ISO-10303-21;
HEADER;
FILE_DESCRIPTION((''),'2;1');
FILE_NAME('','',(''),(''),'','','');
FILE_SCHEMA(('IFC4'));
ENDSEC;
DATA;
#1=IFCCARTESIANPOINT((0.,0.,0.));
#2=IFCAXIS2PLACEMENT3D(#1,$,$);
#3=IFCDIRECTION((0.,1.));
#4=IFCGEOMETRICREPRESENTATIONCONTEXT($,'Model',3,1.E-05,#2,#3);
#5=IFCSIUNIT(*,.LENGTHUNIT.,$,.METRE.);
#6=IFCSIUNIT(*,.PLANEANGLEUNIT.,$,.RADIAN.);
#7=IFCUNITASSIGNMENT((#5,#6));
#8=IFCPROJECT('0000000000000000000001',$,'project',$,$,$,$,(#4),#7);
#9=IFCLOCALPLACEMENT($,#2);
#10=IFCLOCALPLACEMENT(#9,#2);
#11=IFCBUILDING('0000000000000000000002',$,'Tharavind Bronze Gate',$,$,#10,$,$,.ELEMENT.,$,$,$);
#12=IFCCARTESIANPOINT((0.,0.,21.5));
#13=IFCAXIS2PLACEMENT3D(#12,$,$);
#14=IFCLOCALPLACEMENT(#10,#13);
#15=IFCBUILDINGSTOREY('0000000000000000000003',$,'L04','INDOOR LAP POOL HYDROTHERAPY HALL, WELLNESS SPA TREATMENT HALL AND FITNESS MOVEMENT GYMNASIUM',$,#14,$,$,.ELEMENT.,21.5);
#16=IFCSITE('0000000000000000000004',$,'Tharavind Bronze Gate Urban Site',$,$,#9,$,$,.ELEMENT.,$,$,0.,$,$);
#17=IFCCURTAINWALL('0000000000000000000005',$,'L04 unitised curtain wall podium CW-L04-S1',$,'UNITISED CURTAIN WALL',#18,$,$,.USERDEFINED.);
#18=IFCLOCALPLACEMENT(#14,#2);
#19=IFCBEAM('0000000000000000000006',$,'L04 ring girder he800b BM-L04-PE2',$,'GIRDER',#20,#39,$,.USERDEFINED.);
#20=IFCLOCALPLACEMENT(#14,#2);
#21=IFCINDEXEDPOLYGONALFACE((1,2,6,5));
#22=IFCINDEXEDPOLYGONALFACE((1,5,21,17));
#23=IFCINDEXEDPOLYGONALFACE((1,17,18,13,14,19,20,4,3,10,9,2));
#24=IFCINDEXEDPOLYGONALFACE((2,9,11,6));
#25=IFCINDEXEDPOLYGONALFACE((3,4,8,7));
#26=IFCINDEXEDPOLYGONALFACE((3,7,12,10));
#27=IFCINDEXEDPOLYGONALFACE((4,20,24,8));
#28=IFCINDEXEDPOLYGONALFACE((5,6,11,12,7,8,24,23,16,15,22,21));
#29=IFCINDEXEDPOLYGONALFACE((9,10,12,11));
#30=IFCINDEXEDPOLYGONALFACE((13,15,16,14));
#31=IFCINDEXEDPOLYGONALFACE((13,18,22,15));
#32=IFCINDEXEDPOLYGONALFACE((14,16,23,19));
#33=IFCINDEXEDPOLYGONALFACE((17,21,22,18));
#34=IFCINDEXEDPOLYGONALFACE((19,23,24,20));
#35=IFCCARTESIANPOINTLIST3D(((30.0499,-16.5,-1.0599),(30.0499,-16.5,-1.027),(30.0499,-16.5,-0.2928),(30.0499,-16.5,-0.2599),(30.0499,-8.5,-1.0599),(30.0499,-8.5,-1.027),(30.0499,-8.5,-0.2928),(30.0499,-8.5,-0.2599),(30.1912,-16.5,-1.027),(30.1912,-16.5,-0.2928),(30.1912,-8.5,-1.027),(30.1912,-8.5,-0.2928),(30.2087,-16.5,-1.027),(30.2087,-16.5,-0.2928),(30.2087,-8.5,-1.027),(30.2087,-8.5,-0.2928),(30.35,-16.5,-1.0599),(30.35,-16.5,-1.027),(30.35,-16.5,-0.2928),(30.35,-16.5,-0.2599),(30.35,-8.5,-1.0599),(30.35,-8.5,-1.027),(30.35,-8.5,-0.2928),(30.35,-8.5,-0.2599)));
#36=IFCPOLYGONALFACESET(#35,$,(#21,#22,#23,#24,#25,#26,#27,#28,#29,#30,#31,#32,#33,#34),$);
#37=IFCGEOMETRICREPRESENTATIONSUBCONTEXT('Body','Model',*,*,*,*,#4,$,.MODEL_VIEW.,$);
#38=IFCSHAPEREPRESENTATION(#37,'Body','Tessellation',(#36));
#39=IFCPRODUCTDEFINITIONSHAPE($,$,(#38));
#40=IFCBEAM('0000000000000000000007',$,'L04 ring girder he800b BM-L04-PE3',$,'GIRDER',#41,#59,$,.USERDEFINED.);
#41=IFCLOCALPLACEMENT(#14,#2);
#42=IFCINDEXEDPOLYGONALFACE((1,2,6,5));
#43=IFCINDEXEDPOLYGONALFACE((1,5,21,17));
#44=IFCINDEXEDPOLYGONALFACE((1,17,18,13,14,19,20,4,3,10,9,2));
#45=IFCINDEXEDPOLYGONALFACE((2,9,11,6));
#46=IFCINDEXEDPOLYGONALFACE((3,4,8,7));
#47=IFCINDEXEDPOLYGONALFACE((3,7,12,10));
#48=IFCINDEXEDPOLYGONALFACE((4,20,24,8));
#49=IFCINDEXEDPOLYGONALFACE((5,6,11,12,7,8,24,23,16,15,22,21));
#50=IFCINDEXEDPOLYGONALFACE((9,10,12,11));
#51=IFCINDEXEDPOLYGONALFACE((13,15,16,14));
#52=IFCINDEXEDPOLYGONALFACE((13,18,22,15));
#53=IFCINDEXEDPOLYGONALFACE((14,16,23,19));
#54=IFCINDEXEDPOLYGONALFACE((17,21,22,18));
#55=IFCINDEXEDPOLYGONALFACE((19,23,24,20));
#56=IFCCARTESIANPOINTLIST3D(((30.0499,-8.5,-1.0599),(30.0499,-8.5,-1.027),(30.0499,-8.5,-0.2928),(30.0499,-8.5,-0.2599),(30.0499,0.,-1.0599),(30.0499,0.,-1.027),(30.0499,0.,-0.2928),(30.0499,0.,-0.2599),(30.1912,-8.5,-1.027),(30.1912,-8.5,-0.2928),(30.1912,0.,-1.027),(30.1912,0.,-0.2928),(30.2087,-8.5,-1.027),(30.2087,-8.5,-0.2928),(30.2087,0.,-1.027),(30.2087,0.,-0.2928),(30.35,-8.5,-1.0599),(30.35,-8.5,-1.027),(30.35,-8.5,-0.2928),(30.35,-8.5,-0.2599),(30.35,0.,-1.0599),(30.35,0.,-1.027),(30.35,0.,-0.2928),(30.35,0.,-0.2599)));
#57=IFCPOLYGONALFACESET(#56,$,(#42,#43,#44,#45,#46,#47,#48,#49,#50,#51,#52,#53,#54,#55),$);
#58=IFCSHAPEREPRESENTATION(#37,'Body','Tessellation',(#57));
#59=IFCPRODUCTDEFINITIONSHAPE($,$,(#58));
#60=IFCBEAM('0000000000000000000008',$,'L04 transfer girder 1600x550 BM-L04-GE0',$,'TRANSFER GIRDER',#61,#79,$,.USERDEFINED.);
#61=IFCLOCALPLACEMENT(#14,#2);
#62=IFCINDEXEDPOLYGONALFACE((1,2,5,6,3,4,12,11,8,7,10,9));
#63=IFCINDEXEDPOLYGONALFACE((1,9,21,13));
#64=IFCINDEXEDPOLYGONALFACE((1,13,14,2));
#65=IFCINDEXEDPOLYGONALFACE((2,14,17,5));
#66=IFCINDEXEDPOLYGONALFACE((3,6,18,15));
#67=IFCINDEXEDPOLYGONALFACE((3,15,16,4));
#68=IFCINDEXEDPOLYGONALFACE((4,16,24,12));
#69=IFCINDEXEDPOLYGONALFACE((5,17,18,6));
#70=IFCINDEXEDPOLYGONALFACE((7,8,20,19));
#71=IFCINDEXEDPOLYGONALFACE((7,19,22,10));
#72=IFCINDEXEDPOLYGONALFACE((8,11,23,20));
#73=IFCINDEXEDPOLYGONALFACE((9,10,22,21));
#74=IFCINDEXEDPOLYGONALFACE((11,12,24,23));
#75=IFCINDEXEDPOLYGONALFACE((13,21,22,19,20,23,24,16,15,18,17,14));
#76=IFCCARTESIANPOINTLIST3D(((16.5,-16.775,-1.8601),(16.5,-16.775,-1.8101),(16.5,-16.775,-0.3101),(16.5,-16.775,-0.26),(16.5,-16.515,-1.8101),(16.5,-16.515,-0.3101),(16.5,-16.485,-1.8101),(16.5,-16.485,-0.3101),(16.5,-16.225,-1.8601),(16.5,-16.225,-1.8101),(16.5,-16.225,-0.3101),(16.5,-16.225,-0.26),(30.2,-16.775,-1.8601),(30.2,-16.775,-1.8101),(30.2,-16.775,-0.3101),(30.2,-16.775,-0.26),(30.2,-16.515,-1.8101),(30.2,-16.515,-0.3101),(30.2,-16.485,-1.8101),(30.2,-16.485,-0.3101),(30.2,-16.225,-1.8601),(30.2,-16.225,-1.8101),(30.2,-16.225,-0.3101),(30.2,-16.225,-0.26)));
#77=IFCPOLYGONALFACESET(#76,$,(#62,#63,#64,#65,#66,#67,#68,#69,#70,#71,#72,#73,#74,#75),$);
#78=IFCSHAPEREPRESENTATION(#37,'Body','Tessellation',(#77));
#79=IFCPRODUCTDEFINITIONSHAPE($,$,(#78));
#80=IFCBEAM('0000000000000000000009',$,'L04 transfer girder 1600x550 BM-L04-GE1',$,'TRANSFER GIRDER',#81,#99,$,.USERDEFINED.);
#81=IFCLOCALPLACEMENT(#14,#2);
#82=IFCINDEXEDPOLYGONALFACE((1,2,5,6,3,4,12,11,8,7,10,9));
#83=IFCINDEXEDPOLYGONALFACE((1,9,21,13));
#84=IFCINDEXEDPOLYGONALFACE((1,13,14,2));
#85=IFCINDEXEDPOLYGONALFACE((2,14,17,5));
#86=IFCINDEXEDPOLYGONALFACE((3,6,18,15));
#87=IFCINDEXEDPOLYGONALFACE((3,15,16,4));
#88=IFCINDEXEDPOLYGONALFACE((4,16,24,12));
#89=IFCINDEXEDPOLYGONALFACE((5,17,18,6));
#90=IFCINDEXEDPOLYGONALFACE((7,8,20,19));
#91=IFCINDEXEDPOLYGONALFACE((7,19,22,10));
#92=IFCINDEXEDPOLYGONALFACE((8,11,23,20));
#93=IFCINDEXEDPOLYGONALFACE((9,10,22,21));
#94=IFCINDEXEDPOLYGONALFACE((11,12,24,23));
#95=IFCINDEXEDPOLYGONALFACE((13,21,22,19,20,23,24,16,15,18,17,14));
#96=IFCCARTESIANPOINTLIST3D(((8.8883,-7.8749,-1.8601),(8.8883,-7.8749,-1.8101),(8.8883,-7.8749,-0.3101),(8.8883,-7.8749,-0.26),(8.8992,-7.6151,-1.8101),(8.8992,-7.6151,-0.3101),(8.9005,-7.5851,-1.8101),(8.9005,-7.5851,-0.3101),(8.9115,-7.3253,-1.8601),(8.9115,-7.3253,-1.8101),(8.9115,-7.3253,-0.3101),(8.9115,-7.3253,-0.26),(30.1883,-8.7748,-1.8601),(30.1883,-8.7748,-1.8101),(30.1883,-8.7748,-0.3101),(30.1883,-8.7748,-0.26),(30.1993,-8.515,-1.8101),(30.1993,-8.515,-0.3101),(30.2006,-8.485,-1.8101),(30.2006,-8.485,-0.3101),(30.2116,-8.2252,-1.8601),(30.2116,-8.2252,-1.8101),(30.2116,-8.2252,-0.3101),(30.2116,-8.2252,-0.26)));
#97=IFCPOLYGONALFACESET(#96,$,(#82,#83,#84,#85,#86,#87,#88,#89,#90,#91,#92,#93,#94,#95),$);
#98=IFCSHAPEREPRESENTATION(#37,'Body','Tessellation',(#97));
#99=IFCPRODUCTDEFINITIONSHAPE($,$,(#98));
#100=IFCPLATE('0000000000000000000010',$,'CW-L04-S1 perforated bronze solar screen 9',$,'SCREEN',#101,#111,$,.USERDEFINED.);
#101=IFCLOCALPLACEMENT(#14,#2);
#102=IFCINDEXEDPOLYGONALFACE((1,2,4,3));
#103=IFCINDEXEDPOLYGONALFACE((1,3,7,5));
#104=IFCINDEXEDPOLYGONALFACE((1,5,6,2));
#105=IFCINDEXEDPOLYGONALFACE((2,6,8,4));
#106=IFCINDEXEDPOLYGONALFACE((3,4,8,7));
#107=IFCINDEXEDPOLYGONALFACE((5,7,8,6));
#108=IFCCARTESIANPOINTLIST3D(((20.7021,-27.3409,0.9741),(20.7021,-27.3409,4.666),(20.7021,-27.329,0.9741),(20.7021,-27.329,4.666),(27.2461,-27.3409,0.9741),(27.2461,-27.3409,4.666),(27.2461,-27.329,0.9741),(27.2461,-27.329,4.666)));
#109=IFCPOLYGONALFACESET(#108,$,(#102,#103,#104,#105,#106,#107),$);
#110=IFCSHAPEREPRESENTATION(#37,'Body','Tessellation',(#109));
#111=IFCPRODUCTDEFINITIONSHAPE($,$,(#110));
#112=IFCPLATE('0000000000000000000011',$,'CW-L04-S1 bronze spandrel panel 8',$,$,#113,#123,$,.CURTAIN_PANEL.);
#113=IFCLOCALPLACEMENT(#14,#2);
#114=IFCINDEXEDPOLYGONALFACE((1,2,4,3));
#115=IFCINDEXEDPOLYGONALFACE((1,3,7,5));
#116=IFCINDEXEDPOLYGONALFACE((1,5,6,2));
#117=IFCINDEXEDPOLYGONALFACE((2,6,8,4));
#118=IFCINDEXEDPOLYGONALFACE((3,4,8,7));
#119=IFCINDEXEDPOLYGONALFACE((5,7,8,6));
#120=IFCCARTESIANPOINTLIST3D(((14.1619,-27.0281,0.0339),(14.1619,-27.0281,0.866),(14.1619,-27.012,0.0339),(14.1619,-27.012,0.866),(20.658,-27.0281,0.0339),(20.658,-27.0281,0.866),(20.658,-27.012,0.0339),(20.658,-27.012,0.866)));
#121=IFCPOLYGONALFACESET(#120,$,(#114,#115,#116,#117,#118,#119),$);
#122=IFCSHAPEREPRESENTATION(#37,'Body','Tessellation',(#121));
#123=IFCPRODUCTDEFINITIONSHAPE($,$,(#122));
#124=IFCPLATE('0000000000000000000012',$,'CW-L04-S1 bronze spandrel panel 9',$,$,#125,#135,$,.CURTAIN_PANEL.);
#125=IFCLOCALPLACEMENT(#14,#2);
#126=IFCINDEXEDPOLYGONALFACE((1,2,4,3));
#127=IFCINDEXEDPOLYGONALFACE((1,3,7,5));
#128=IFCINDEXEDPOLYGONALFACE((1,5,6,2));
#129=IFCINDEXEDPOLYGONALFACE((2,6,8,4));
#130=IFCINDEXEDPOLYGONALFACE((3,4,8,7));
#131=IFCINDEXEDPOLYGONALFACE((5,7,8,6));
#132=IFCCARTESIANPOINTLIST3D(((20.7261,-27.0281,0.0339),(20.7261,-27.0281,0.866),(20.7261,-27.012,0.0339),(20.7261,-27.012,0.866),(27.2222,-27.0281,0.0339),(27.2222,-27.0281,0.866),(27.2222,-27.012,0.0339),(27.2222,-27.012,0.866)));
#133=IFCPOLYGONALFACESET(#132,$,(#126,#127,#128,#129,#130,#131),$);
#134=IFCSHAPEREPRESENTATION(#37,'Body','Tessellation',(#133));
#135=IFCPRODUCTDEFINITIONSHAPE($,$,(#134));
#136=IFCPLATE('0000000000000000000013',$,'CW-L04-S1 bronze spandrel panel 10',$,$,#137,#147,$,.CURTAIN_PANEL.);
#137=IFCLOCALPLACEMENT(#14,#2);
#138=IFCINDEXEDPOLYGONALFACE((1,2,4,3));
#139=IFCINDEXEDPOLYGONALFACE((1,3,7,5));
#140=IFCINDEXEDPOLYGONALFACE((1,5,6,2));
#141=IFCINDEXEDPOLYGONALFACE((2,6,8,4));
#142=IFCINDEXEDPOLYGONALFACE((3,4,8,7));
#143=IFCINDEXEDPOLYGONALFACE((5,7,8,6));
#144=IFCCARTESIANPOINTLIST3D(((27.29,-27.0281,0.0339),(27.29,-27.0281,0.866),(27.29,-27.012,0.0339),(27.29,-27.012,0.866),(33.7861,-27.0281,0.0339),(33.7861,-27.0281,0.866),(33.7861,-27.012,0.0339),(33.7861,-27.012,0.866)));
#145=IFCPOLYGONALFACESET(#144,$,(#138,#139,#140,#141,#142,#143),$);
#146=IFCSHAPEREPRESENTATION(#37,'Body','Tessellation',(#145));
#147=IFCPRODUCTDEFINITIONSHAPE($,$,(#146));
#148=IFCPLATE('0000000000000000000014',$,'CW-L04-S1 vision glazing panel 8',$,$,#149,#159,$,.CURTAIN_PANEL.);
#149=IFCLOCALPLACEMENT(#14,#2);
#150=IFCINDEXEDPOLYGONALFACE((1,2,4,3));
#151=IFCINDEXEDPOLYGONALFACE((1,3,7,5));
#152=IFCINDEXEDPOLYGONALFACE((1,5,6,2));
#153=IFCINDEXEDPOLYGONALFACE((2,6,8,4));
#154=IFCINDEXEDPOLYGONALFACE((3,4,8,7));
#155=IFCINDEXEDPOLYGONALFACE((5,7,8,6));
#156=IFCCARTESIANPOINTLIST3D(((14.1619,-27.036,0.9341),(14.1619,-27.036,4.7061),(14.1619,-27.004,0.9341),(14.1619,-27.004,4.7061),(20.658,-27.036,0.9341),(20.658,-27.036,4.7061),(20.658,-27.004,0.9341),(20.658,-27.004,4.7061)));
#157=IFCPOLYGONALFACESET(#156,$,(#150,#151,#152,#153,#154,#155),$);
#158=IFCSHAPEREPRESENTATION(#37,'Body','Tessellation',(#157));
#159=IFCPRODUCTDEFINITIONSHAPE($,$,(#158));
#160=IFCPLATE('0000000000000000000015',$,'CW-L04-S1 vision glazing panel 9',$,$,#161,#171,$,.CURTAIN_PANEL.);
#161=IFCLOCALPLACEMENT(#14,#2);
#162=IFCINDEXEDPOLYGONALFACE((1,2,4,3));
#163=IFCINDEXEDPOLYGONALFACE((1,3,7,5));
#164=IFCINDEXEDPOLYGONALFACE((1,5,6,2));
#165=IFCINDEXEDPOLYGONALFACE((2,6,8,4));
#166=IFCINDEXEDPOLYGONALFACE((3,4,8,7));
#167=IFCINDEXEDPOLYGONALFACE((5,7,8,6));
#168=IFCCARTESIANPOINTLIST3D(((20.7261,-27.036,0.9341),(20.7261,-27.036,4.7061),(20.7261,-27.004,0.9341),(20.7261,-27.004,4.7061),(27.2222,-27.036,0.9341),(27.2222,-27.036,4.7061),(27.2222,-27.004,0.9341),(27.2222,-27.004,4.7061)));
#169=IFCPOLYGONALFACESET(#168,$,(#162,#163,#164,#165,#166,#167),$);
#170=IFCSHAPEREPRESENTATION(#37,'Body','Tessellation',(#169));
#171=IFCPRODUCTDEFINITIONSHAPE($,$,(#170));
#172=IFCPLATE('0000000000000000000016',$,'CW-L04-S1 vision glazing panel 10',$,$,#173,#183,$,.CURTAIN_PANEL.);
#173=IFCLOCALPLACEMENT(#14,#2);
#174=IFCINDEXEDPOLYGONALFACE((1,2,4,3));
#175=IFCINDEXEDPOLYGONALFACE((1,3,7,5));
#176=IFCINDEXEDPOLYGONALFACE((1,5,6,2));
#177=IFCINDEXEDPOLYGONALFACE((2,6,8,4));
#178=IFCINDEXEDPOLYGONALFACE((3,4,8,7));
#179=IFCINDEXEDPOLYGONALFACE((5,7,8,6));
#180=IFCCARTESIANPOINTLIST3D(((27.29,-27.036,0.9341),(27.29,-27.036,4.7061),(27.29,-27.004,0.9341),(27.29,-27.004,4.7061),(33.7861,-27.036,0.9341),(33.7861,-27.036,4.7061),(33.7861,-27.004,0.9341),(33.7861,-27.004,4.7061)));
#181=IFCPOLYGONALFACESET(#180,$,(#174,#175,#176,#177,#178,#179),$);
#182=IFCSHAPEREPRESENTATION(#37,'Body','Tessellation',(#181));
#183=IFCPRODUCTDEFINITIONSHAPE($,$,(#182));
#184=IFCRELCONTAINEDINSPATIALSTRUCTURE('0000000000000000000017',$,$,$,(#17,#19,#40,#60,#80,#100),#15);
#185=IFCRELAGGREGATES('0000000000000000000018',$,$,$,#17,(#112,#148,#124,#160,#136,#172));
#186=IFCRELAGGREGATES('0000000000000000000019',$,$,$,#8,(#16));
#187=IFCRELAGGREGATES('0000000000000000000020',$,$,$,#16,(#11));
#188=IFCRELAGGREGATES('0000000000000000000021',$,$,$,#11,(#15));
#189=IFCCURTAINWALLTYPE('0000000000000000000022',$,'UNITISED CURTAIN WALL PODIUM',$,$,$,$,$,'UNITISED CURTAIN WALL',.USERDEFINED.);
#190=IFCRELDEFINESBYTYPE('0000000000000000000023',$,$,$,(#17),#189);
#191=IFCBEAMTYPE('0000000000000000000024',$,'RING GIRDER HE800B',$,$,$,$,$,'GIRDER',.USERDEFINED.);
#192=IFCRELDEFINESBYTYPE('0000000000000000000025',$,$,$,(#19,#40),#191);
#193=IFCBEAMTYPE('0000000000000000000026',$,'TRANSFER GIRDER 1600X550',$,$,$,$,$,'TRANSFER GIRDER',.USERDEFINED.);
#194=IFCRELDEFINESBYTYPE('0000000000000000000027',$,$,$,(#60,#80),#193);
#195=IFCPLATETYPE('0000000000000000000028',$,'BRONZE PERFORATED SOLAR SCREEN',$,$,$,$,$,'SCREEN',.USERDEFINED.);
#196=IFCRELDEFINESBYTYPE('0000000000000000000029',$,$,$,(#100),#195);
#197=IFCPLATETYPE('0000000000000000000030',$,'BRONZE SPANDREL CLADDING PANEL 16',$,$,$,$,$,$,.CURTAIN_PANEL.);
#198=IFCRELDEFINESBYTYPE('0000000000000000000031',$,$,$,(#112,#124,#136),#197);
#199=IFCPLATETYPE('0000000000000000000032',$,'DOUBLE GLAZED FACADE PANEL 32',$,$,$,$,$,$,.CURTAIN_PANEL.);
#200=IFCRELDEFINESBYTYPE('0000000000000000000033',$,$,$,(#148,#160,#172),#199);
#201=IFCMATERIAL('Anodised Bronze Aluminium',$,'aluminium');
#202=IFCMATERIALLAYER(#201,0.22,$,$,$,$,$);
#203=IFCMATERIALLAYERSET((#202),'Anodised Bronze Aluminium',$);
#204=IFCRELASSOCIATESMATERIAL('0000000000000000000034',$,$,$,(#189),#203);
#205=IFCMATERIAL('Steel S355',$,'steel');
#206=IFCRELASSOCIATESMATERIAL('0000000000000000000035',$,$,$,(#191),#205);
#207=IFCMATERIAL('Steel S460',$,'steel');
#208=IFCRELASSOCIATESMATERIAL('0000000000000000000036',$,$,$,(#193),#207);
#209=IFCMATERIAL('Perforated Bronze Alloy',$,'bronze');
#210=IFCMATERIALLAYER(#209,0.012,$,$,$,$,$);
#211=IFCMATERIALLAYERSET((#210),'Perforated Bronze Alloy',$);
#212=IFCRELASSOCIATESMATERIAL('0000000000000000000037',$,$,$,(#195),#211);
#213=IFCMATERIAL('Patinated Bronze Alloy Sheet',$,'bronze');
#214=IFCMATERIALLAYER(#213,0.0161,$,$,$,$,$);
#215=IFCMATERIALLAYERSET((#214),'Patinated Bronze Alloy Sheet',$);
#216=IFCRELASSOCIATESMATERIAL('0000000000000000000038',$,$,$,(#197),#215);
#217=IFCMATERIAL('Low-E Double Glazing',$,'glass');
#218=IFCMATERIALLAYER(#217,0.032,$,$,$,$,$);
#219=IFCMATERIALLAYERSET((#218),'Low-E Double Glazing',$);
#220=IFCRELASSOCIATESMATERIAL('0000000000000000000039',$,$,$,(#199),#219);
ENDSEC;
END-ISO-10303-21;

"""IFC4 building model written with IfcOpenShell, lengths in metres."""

from ifc_helpers import new_model, si_unit, direction, frame, origin, origin_2d, place, context, subcontext, project, spatial, rectangle, i_section, extrude, material, layer, layer_set, material_profile, profile_set, type_object, element, aggregate, save


model = new_model("IFC4")

# Units and contexts
model_context = context("Model", 3, precision=1e-05, world=origin(), true_north=direction((0.0, 1.0)))
body_context = subcontext(model_context, "Body", "Model", "MODEL_VIEW")
ifc_project = project(units=[si_unit("LENGTHUNIT", "METRE"), si_unit("PLANEANGLEUNIT", "RADIAN")], contexts=[model_context])

# Site, building, storey
site_placement = place(None, origin())
site = spatial("IfcSite", under=ifc_project, at=site_placement, Name="Tharavind Bronze Gate Urban Site", CompositionType="ELEMENT", RefElevation=0.0)
building_placement = place(site_placement, origin())
building = spatial("IfcBuilding", under=site, at=building_placement, Name="Tharavind Bronze Gate", CompositionType="ELEMENT")
storey_placement = place(building_placement, frame((0.0, 0.0, 21.5)))
storey = spatial("IfcBuildingStorey", under=building, at=storey_placement, Name="L04", Description="INDOOR LAP POOL HYDROTHERAPY HALL, WELLNESS SPA TREATMENT HALL AND FITNESS MOVEMENT GYMNASIUM", CompositionType="ELEMENT", Elevation=21.5)

# Shared definitions
ifc_material_1 = material(Name="Steel S460", Category="steel")

# Curtain wall
ifc_material_2 = material(Name="Anodised Bronze Aluminium", Category="aluminium")
ifc_layer_1 = layer(ifc_material_2, 0.22)
ifc_layer_set_1 = layer_set([ifc_layer_1], Name="Anodised Bronze Aluminium")
curtain_wall_type = type_object("IfcCurtainWallType", Name="UNITISED CURTAIN WALL PODIUM", ElementType="UNITISED CURTAIN WALL", PredefinedType="USERDEFINED", material=ifc_layer_set_1)
curtain_wall_placement = place(storey_placement, origin())
curtain_wall = element("IfcCurtainWall", 1, at=curtain_wall_placement, inside=storey, type_object=curtain_wall_type, Name="L04 unitised curtain wall podium CW-L04-S1", ObjectType="UNITISED CURTAIN WALL", PredefinedType="USERDEFINED")

# Beams
ifc_material_3 = material(Name="Steel S355", Category="steel")
ifc_material_profile_1 = material_profile(ifc_material_3, i_section(OverallWidth=0.3, OverallDepth=0.8, WebThickness=0.0176, FlangeThickness=0.033, at=origin_2d()), Name="HE800B")
ifc_profile_set_1 = profile_set([ifc_material_profile_1], Name="Steel S355")
beam_type_1 = type_object("IfcBeamType", Name="RING GIRDER HE800B", ElementType="GIRDER", PredefinedType="USERDEFINED", material=ifc_profile_set_1)
beam_1_placement = place(storey_placement, frame((30.2, -16.5, -0.6599), z_axis=(0.0, 1.0, 0.0), x_axis=(-1.0, 0.0, 0.0)))
element("IfcBeam", 2, at=beam_1_placement, inside=storey, type_object=beam_type_1, Name="L04 ring girder he800b BM-L04-PE2", ObjectType="GIRDER", PredefinedType="USERDEFINED", context=body_context, shape_type="SweptSolid", body=[
    extrude(i_section(OverallWidth=0.3, OverallDepth=0.8, WebThickness=0.0176, FlangeThickness=0.033, at=origin_2d()), origin(), (0.0, 0.0, 1.0), 8.0),
])
beam_2_placement = place(storey_placement, frame((30.2, -8.5, -0.6599), z_axis=(0.0, 1.0, 0.0), x_axis=(-1.0, 0.0, 0.0)))
element("IfcBeam", 3, at=beam_2_placement, inside=storey, type_object=beam_type_1, Name="L04 ring girder he800b BM-L04-PE3", ObjectType="GIRDER", PredefinedType="USERDEFINED", context=body_context, shape_type="SweptSolid", body=[
    extrude(i_section(OverallWidth=0.3, OverallDepth=0.8, WebThickness=0.0176, FlangeThickness=0.033, at=origin_2d()), origin(), (0.0, 0.0, 1.0), 8.5),
])
ifc_material_profile_2 = material_profile(ifc_material_1, i_section(OverallWidth=0.55, OverallDepth=1.6001, WebThickness=0.03, FlangeThickness=0.05, at=origin_2d()), Name="PG1600X550")
ifc_profile_set_2 = profile_set([ifc_material_profile_2], Name="Steel S460")
beam_type_2 = type_object("IfcBeamType", Name="TRANSFER GIRDER 1600X550", ElementType="TRANSFER GIRDER", PredefinedType="USERDEFINED", material=ifc_profile_set_2)
beam_3_placement = place(storey_placement, frame((30.2, -16.5, -1.0601), z_axis=(-1.0, 0.0, 0.0), x_axis=(0.0, -1.0, 0.0)))
element("IfcBeam", 4, at=beam_3_placement, inside=storey, type_object=beam_type_2, Name="L04 transfer girder 1600x550 BM-L04-GE0", ObjectType="TRANSFER GIRDER", PredefinedType="USERDEFINED", context=body_context, shape_type="SweptSolid", body=[
    extrude(i_section(OverallWidth=0.55, OverallDepth=1.6001, WebThickness=0.03, FlangeThickness=0.05, at=origin_2d()), origin(), (0.0, 0.0, 1.0), 13.7),
])
beam_4_placement = place(storey_placement, frame((30.2, -8.5, -1.0601), z_axis=(-0.999109, 0.042211, 0.0), x_axis=(-0.042211, -0.999109, 0.0)))
element("IfcBeam", 5, at=beam_4_placement, inside=storey, type_object=beam_type_2, Name="L04 transfer girder 1600x550 BM-L04-GE1", ObjectType="TRANSFER GIRDER", PredefinedType="USERDEFINED", context=body_context, shape_type="SweptSolid", body=[
    extrude(i_section(OverallWidth=0.55, OverallDepth=1.6001, WebThickness=0.03, FlangeThickness=0.05, at=origin_2d()), origin(), (0.0, 0.0, 1.0), 21.3191),
])

# Plates
ifc_material_4 = material(Name="Perforated Bronze Alloy", Category="bronze")
ifc_layer_2 = layer(ifc_material_4, 0.012)
ifc_layer_set_2 = layer_set([ifc_layer_2], Name="Perforated Bronze Alloy")
plate_type_1 = type_object("IfcPlateType", Name="BRONZE PERFORATED SOLAR SCREEN", ElementType="SCREEN", PredefinedType="USERDEFINED", material=ifc_layer_set_2)
plate_1_placement = place(storey_placement, frame((23.9741, -27.335, 0.9741), z_axis=(0.0, 0.0, 1.0), x_axis=(1.0, 0.0, 0.0)))
element("IfcPlate", 6, at=plate_1_placement, inside=storey, type_object=plate_type_1, Name="CW-L04-S1 perforated bronze solar screen 9", ObjectType="SCREEN", PredefinedType="USERDEFINED", context=body_context, shape_type="SweptSolid", body=[
    extrude(rectangle(XDim=6.5439, YDim=0.012, at=origin_2d()), origin(), (0.0, 0.0, 1.0), 3.6919),
])
ifc_material_5 = material(Name="Patinated Bronze Alloy Sheet", Category="bronze")
ifc_layer_3 = layer(ifc_material_5, 0.0161)
ifc_layer_set_3 = layer_set([ifc_layer_3], Name="Patinated Bronze Alloy Sheet")
plate_type_2 = type_object("IfcPlateType", Name="BRONZE SPANDREL CLADDING PANEL 16", PredefinedType="CURTAIN_PANEL", material=ifc_layer_set_3)
plate_2_placement = place(storey_placement, frame((17.4099, -27.02, 0.0339), z_axis=(0.0, 0.0, 1.0), x_axis=(1.0, 0.0, 0.0)))
plate_2 = element("IfcPlate", 7, at=plate_2_placement, type_object=plate_type_2, Name="CW-L04-S1 bronze spandrel panel 8", PredefinedType="CURTAIN_PANEL", context=body_context, shape_type="SweptSolid", body=[
    extrude(rectangle(XDim=6.4961, YDim=0.0161, at=origin_2d()), origin(), (0.0, 0.0, 1.0), 0.832),
])
plate_3_placement = place(storey_placement, frame((23.9741, -27.02, 0.0339), z_axis=(0.0, 0.0, 1.0), x_axis=(1.0, 0.0, 0.0)))
plate_3 = element("IfcPlate", 8, at=plate_3_placement, type_object=plate_type_2, Name="CW-L04-S1 bronze spandrel panel 9", PredefinedType="CURTAIN_PANEL", context=body_context, shape_type="SweptSolid", body=[
    extrude(rectangle(XDim=6.4961, YDim=0.0161, at=origin_2d()), origin(), (0.0, 0.0, 1.0), 0.832),
])
plate_4_placement = place(storey_placement, frame((30.5381, -27.02, 0.0339), z_axis=(0.0, 0.0, 1.0), x_axis=(1.0, 0.0, 0.0)))
plate_4 = element("IfcPlate", 9, at=plate_4_placement, type_object=plate_type_2, Name="CW-L04-S1 bronze spandrel panel 10", PredefinedType="CURTAIN_PANEL", context=body_context, shape_type="SweptSolid", body=[
    extrude(rectangle(XDim=6.4961, YDim=0.0161, at=origin_2d()), origin(), (0.0, 0.0, 1.0), 0.832),
])
ifc_material_6 = material(Name="Low-E Double Glazing", Category="glass")
ifc_layer_4 = layer(ifc_material_6, 0.032)
ifc_layer_set_4 = layer_set([ifc_layer_4], Name="Low-E Double Glazing")
plate_type_3 = type_object("IfcPlateType", Name="DOUBLE GLAZED FACADE PANEL 32", PredefinedType="CURTAIN_PANEL", material=ifc_layer_set_4)
plate_5_placement = place(storey_placement, frame((17.4099, -27.02, 0.9341), z_axis=(0.0, 0.0, 1.0), x_axis=(1.0, 0.0, 0.0)))
plate_5 = element("IfcPlate", 10, at=plate_5_placement, type_object=plate_type_3, Name="CW-L04-S1 vision glazing panel 8", PredefinedType="CURTAIN_PANEL", context=body_context, shape_type="SweptSolid", body=[
    extrude(rectangle(XDim=6.4961, YDim=0.032, at=origin_2d()), origin(), (0.0, 0.0, 1.0), 3.772),
])
plate_6_placement = place(storey_placement, frame((23.9741, -27.02, 0.9341), z_axis=(0.0, 0.0, 1.0), x_axis=(1.0, 0.0, 0.0)))
plate_6 = element("IfcPlate", 11, at=plate_6_placement, type_object=plate_type_3, Name="CW-L04-S1 vision glazing panel 9", PredefinedType="CURTAIN_PANEL", context=body_context, shape_type="SweptSolid", body=[
    extrude(rectangle(XDim=6.4961, YDim=0.032, at=origin_2d()), origin(), (0.0, 0.0, 1.0), 3.772),
])
plate_7_placement = place(storey_placement, frame((30.5381, -27.02, 0.9341), z_axis=(0.0, 0.0, 1.0), x_axis=(1.0, 0.0, 0.0)))
plate_7 = element("IfcPlate", 12, at=plate_7_placement, type_object=plate_type_3, Name="CW-L04-S1 vision glazing panel 10", PredefinedType="CURTAIN_PANEL", context=body_context, shape_type="SweptSolid", body=[
    extrude(rectangle(XDim=6.4961, YDim=0.032, at=origin_2d()), origin(), (0.0, 0.0, 1.0), 3.772),
])
aggregate(curtain_wall, [plate_2, plate_5, plate_3, plate_6, plate_4, plate_7])

save(model, "model.ifc")
